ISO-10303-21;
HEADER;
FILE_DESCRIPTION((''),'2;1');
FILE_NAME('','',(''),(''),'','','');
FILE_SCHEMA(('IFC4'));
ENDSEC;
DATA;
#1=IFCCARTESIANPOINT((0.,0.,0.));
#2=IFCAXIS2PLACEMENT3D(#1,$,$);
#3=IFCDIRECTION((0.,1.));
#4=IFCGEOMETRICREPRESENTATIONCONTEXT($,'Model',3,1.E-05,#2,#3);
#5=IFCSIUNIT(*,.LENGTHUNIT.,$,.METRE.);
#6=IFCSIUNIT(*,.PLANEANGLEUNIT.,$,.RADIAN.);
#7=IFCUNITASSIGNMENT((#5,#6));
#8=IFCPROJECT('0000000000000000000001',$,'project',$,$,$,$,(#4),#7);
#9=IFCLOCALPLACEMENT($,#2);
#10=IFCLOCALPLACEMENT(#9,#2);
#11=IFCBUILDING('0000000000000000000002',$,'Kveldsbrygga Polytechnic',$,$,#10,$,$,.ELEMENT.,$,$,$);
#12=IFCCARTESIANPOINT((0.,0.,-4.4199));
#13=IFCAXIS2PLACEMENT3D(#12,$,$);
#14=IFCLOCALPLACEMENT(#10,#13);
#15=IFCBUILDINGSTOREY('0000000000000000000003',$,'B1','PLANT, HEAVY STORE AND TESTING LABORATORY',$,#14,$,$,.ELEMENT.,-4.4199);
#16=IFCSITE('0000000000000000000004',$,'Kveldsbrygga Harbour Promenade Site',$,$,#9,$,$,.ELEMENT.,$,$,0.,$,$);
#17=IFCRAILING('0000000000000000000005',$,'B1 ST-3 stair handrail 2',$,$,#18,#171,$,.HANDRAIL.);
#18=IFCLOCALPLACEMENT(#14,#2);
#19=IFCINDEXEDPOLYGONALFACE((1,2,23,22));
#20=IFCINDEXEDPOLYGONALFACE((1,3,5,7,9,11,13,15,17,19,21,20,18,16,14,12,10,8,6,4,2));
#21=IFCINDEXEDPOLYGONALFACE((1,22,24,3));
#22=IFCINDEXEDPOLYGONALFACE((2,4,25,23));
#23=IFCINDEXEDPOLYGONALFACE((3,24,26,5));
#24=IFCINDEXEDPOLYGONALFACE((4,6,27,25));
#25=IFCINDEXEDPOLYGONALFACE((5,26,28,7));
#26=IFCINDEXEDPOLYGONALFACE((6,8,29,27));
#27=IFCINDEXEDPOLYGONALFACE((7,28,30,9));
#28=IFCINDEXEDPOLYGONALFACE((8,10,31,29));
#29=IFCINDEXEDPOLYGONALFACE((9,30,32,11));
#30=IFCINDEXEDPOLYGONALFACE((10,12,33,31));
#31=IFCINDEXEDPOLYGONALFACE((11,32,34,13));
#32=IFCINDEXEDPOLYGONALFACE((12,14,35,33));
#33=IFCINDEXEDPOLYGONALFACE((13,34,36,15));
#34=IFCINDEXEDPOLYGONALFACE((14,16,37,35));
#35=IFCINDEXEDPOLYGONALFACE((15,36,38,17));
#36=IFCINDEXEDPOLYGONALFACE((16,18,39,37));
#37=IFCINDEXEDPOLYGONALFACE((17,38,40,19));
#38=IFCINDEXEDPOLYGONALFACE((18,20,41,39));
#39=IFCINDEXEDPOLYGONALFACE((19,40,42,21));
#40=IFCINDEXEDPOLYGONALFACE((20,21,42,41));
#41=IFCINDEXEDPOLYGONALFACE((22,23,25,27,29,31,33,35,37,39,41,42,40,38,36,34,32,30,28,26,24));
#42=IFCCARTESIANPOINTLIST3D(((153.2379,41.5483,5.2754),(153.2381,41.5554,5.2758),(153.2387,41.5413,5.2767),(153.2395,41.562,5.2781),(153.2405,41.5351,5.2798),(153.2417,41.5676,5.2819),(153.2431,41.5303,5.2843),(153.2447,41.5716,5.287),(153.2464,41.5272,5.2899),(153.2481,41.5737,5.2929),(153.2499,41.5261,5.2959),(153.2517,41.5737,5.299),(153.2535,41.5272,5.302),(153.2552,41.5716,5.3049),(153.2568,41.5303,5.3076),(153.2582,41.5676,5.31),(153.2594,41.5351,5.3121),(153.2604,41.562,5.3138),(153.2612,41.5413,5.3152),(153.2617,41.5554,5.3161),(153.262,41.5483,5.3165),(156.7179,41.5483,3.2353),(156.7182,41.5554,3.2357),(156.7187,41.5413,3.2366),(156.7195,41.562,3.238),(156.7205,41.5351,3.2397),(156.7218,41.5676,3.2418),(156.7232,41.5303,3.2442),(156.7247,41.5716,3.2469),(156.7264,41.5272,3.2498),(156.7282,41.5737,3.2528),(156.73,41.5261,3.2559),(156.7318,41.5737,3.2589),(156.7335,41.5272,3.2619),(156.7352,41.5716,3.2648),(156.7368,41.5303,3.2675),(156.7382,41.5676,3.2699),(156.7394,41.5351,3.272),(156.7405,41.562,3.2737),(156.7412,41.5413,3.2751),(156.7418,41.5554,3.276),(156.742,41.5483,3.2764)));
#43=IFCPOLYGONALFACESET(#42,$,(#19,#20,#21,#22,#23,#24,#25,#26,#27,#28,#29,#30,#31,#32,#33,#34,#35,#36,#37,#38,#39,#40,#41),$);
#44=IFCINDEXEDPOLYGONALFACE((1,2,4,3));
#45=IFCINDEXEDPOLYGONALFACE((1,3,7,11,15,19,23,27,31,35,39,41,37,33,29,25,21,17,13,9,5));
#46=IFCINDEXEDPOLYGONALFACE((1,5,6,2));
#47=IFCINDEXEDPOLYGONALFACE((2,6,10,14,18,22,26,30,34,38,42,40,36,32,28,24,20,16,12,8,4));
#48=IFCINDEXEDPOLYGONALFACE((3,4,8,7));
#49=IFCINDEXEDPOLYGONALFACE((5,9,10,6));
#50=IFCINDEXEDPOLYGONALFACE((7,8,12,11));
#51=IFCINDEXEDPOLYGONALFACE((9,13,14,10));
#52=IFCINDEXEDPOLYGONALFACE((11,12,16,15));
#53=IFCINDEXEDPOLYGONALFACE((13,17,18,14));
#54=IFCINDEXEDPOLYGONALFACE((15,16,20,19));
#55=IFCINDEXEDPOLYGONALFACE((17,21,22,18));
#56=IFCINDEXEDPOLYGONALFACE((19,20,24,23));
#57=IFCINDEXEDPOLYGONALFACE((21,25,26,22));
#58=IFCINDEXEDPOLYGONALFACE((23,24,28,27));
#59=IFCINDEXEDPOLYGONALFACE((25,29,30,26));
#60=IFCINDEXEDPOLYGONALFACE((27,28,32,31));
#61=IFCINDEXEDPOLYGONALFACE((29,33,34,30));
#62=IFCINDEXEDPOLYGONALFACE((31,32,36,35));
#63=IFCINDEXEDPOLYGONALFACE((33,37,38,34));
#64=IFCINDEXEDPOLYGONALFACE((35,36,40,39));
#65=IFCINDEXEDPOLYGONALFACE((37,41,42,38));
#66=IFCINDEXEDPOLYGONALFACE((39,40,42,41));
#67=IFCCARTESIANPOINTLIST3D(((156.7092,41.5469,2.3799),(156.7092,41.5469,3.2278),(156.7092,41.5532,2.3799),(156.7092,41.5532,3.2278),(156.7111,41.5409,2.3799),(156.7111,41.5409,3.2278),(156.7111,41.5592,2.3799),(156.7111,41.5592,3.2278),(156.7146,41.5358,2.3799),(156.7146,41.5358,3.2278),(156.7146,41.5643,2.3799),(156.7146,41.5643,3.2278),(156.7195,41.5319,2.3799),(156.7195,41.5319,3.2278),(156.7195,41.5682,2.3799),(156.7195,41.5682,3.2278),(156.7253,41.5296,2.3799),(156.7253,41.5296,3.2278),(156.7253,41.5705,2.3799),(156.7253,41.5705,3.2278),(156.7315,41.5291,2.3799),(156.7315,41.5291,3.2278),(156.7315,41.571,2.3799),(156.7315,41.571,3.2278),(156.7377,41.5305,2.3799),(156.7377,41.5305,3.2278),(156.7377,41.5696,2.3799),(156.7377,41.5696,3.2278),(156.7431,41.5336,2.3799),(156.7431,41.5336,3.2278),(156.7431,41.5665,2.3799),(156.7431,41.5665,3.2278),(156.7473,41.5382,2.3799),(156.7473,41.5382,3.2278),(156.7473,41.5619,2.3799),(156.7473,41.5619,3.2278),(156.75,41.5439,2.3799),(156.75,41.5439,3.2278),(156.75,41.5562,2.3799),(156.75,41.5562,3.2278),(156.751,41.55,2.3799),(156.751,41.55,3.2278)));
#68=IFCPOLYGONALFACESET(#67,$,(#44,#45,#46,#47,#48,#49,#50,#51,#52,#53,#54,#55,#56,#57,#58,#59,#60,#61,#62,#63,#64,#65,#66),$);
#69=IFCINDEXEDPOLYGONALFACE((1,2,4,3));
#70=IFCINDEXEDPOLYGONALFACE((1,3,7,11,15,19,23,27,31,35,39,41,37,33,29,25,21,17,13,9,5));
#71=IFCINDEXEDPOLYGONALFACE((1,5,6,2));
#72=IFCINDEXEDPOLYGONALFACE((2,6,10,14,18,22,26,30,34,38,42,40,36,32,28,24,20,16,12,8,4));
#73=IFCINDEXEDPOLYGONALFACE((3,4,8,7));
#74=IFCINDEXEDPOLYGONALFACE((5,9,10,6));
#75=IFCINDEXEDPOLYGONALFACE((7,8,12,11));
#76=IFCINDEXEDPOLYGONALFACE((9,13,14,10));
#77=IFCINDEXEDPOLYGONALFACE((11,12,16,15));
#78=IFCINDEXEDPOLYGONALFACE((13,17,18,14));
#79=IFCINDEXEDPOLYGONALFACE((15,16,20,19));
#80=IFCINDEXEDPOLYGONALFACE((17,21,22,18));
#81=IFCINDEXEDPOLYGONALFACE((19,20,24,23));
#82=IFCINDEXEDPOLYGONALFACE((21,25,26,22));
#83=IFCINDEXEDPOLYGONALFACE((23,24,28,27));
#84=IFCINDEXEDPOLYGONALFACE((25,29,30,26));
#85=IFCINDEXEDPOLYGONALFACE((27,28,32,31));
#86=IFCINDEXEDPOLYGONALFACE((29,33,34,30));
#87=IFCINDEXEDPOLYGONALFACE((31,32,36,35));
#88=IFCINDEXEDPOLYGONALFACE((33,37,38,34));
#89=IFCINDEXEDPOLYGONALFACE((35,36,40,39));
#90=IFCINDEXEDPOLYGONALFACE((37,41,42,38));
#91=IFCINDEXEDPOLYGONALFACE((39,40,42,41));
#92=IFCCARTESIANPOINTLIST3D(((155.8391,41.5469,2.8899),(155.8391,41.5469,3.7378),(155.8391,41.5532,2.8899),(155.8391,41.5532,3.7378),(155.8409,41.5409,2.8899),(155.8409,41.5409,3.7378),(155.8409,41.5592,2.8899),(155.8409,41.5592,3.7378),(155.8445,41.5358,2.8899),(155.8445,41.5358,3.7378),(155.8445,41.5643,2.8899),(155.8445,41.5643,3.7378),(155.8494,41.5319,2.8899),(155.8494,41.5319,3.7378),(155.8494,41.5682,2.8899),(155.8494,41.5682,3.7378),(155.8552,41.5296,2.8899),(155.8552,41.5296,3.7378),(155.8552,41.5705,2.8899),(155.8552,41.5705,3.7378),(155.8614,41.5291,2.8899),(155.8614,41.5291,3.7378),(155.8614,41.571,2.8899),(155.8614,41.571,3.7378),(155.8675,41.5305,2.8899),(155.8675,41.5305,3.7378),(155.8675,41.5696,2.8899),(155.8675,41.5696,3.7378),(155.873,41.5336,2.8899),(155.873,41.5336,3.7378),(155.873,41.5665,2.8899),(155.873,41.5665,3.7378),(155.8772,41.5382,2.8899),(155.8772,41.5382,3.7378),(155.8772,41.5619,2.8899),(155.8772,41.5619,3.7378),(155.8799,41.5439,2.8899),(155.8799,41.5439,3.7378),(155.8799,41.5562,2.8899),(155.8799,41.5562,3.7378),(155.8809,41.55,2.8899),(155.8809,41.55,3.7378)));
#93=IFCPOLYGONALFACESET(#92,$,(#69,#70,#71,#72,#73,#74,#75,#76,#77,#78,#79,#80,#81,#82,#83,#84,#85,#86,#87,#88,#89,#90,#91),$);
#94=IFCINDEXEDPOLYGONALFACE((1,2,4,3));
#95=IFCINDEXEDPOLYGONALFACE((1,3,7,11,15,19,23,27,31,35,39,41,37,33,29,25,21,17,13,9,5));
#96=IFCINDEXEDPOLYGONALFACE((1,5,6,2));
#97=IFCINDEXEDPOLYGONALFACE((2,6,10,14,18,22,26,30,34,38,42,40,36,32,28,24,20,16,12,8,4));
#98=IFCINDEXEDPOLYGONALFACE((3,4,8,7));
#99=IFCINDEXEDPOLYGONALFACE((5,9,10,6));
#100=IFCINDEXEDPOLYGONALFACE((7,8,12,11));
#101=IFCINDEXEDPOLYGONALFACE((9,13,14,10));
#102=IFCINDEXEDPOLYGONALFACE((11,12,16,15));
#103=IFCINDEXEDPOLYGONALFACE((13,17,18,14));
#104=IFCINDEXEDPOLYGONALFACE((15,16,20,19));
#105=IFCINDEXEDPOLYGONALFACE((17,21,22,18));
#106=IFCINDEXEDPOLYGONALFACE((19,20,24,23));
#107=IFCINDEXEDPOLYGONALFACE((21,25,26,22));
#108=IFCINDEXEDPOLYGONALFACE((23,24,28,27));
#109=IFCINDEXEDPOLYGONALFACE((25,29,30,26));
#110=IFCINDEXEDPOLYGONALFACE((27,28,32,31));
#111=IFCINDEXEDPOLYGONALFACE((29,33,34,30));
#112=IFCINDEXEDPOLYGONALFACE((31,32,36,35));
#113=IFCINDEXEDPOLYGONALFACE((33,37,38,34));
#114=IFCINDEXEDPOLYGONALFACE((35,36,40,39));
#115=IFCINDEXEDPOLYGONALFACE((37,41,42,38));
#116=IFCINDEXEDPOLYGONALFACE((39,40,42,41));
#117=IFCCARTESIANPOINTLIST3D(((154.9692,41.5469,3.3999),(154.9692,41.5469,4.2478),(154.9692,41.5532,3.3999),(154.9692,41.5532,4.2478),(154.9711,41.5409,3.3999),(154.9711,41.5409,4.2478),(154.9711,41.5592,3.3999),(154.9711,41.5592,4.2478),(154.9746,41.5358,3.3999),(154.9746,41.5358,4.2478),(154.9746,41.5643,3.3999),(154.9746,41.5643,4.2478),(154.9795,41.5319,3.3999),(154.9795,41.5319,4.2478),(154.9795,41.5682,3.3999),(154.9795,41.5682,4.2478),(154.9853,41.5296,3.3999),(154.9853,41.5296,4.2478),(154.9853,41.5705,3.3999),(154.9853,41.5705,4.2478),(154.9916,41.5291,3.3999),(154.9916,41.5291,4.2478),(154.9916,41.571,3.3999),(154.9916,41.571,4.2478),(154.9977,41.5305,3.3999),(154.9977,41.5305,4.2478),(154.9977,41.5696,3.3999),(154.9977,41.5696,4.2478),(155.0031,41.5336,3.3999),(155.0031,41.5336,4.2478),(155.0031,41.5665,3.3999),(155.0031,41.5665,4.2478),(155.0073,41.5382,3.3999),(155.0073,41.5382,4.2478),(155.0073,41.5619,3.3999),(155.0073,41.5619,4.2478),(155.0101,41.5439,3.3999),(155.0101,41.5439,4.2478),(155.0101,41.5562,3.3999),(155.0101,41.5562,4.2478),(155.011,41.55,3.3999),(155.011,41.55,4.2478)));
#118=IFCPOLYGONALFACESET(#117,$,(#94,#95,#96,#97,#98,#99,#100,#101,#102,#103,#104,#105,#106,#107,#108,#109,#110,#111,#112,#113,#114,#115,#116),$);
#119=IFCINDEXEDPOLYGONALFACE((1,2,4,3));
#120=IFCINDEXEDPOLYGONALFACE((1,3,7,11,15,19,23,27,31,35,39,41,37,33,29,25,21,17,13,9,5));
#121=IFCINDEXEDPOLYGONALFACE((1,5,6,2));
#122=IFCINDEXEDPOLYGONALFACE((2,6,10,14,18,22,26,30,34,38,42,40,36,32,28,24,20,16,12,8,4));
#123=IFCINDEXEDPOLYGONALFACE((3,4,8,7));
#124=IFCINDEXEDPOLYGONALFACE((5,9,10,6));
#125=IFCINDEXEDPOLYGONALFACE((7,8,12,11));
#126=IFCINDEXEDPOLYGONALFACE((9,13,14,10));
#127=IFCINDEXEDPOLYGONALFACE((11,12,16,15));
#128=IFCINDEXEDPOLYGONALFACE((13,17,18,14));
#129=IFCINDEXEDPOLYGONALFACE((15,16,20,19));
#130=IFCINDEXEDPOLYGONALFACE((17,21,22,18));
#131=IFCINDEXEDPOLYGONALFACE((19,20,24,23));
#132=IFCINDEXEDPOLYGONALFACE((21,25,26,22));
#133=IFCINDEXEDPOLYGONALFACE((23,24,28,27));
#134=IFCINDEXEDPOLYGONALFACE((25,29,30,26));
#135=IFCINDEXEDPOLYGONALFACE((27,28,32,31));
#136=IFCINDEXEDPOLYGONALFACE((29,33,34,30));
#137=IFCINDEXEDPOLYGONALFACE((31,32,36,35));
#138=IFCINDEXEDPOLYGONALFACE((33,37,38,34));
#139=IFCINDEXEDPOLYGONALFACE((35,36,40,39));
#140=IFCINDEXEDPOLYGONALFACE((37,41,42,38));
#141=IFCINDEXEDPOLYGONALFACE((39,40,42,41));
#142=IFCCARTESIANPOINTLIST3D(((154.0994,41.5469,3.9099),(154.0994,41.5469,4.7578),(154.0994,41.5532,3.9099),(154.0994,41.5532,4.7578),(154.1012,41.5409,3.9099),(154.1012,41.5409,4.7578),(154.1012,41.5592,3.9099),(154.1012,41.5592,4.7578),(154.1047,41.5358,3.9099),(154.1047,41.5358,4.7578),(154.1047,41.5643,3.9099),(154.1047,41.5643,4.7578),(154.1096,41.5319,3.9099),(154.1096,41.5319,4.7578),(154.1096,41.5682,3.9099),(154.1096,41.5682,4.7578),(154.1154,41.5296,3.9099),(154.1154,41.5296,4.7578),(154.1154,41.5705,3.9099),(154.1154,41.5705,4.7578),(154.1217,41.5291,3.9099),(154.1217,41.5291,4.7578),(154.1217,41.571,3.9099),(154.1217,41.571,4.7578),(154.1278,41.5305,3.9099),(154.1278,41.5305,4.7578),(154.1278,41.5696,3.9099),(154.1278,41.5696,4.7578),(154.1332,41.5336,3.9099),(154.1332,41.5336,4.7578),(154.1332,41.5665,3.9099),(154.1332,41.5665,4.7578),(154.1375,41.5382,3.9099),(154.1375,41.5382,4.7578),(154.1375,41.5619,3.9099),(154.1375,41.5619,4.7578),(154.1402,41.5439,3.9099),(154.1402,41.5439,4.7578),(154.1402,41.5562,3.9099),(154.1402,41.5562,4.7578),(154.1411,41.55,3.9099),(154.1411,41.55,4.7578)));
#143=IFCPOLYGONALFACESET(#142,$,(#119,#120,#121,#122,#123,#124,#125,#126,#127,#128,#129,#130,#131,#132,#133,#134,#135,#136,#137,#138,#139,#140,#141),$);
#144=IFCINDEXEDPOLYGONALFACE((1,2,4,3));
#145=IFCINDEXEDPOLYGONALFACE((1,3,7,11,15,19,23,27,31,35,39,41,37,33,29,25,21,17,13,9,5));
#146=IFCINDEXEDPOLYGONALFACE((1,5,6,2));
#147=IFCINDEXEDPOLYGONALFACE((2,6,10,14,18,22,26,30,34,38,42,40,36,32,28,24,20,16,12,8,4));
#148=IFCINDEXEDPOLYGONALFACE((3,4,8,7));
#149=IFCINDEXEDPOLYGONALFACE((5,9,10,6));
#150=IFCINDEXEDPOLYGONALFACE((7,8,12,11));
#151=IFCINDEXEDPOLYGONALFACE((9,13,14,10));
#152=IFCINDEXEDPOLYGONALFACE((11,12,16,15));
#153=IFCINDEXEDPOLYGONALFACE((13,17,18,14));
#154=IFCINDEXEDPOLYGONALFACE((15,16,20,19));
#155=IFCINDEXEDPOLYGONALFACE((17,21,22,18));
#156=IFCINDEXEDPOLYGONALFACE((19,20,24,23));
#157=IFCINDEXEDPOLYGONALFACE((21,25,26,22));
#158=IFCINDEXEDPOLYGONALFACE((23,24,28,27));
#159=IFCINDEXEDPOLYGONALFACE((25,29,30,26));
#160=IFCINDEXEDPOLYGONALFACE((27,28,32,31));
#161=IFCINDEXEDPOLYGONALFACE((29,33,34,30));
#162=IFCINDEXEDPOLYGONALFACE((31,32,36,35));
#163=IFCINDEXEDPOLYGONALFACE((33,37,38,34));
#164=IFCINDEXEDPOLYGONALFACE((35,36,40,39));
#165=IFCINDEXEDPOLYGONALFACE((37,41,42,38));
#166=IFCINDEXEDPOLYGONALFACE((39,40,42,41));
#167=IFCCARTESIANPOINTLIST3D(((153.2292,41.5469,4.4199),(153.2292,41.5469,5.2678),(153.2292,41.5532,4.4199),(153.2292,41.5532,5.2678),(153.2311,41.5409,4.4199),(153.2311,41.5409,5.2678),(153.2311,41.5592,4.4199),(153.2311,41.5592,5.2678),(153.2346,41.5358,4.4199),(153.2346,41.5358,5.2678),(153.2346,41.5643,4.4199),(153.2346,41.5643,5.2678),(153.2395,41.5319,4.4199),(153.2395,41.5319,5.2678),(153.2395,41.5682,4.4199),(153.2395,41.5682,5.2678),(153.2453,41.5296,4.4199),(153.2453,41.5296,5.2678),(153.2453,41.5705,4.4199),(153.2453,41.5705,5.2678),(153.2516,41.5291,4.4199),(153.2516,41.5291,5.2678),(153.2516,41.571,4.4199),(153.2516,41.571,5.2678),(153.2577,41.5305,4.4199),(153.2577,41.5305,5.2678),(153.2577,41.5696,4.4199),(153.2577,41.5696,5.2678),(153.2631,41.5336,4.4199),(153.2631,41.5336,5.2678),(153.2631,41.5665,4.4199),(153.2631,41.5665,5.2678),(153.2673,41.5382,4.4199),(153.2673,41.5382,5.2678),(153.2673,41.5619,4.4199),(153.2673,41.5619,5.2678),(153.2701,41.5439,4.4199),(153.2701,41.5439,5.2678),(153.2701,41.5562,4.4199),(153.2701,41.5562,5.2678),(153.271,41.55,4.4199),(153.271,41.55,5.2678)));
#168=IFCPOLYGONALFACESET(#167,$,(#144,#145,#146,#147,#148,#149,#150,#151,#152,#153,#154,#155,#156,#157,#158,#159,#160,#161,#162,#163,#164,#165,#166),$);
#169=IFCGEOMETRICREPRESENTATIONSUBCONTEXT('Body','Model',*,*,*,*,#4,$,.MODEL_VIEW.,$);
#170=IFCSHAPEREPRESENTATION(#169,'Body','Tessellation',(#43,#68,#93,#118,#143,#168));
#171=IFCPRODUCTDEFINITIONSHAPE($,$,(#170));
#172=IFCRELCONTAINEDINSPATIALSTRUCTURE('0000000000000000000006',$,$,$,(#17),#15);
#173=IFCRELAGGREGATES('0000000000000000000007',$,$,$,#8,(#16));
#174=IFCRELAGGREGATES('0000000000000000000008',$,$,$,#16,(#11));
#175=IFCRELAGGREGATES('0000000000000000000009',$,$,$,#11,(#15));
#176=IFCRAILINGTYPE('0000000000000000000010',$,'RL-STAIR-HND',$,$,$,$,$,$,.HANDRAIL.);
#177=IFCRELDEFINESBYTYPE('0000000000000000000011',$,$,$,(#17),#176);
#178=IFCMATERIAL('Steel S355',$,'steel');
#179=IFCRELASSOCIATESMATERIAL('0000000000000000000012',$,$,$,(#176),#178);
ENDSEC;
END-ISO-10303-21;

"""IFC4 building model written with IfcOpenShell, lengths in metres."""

from ifc_helpers import new_model, si_unit, direction, frame, origin, origin_2d, place, context, subcontext, project, spatial, circle, extrude, material, type_object, element, save


model = new_model("IFC4")

# Units and contexts
model_context = context("Model", 3, precision=1e-05, world=origin(), true_north=direction((0.0, 1.0)))
body_context = subcontext(model_context, "Body", "Model", "MODEL_VIEW")
ifc_project = project(units=[si_unit("LENGTHUNIT", "METRE"), si_unit("PLANEANGLEUNIT", "RADIAN")], contexts=[model_context])

# Site, building, storey
site_placement = place(None, origin())
site = spatial("IfcSite", under=ifc_project, at=site_placement, Name="Kveldsbrygga Harbour Promenade Site", CompositionType="ELEMENT", RefElevation=0.0)
building_placement = place(site_placement, origin())
building = spatial("IfcBuilding", under=site, at=building_placement, Name="Kveldsbrygga Polytechnic", CompositionType="ELEMENT")
storey_placement = place(building_placement, frame((0.0, 0.0, -4.4199)))
storey = spatial("IfcBuildingStorey", under=building, at=storey_placement, Name="B1", Description="PLANT, HEAVY STORE AND TESTING LABORATORY", CompositionType="ELEMENT", Elevation=-4.4199)

# Shared definitions
ifc_material_1 = material(Name="Steel S355", Category="steel")

# Railing
railing_type_1 = type_object("IfcRailingType", Name="RL-STAIR-HND", PredefinedType="HANDRAIL", material=ifc_material_1)
railing_1_placement = place(storey_placement, frame((156.73, 41.55, 2.3799)))
element("IfcRailing", 1, at=railing_1_placement, inside=storey, type_object=railing_type_1, Name="B1 ST-3 stair handrail 2", PredefinedType="HANDRAIL", context=body_context, shape_type="SweptSolid", body=[
    extrude(circle(Radius=0.0239, at=origin_2d()), frame((0.0, 0.0, 0.876), z_axis=(-0.862693, 0.0, 0.505729), x_axis=(0.0, -1.0, 0.0)), (0.0, 0.0, 1.0), 4.0339),
    extrude(circle(Radius=0.021, at=origin_2d()), origin(), (0.0, 0.0, 1.0), 0.8479),
    extrude(circle(Radius=0.021, at=origin_2d()), frame((-0.8701, 0.0, 0.51)), (0.0, 0.0, 1.0), 0.8479),
    extrude(circle(Radius=0.021, at=origin_2d()), frame((-1.74, 0.0, 1.02)), (0.0, 0.0, 1.0), 0.8479),
    extrude(circle(Radius=0.021, at=origin_2d()), frame((-2.6099, 0.0, 1.53)), (0.0, 0.0, 1.0), 0.8479),
    extrude(circle(Radius=0.021, at=origin_2d()), frame((-3.48, 0.0, 2.04)), (0.0, 0.0, 1.0), 0.8479),
])

save(model, "model.ifc")
